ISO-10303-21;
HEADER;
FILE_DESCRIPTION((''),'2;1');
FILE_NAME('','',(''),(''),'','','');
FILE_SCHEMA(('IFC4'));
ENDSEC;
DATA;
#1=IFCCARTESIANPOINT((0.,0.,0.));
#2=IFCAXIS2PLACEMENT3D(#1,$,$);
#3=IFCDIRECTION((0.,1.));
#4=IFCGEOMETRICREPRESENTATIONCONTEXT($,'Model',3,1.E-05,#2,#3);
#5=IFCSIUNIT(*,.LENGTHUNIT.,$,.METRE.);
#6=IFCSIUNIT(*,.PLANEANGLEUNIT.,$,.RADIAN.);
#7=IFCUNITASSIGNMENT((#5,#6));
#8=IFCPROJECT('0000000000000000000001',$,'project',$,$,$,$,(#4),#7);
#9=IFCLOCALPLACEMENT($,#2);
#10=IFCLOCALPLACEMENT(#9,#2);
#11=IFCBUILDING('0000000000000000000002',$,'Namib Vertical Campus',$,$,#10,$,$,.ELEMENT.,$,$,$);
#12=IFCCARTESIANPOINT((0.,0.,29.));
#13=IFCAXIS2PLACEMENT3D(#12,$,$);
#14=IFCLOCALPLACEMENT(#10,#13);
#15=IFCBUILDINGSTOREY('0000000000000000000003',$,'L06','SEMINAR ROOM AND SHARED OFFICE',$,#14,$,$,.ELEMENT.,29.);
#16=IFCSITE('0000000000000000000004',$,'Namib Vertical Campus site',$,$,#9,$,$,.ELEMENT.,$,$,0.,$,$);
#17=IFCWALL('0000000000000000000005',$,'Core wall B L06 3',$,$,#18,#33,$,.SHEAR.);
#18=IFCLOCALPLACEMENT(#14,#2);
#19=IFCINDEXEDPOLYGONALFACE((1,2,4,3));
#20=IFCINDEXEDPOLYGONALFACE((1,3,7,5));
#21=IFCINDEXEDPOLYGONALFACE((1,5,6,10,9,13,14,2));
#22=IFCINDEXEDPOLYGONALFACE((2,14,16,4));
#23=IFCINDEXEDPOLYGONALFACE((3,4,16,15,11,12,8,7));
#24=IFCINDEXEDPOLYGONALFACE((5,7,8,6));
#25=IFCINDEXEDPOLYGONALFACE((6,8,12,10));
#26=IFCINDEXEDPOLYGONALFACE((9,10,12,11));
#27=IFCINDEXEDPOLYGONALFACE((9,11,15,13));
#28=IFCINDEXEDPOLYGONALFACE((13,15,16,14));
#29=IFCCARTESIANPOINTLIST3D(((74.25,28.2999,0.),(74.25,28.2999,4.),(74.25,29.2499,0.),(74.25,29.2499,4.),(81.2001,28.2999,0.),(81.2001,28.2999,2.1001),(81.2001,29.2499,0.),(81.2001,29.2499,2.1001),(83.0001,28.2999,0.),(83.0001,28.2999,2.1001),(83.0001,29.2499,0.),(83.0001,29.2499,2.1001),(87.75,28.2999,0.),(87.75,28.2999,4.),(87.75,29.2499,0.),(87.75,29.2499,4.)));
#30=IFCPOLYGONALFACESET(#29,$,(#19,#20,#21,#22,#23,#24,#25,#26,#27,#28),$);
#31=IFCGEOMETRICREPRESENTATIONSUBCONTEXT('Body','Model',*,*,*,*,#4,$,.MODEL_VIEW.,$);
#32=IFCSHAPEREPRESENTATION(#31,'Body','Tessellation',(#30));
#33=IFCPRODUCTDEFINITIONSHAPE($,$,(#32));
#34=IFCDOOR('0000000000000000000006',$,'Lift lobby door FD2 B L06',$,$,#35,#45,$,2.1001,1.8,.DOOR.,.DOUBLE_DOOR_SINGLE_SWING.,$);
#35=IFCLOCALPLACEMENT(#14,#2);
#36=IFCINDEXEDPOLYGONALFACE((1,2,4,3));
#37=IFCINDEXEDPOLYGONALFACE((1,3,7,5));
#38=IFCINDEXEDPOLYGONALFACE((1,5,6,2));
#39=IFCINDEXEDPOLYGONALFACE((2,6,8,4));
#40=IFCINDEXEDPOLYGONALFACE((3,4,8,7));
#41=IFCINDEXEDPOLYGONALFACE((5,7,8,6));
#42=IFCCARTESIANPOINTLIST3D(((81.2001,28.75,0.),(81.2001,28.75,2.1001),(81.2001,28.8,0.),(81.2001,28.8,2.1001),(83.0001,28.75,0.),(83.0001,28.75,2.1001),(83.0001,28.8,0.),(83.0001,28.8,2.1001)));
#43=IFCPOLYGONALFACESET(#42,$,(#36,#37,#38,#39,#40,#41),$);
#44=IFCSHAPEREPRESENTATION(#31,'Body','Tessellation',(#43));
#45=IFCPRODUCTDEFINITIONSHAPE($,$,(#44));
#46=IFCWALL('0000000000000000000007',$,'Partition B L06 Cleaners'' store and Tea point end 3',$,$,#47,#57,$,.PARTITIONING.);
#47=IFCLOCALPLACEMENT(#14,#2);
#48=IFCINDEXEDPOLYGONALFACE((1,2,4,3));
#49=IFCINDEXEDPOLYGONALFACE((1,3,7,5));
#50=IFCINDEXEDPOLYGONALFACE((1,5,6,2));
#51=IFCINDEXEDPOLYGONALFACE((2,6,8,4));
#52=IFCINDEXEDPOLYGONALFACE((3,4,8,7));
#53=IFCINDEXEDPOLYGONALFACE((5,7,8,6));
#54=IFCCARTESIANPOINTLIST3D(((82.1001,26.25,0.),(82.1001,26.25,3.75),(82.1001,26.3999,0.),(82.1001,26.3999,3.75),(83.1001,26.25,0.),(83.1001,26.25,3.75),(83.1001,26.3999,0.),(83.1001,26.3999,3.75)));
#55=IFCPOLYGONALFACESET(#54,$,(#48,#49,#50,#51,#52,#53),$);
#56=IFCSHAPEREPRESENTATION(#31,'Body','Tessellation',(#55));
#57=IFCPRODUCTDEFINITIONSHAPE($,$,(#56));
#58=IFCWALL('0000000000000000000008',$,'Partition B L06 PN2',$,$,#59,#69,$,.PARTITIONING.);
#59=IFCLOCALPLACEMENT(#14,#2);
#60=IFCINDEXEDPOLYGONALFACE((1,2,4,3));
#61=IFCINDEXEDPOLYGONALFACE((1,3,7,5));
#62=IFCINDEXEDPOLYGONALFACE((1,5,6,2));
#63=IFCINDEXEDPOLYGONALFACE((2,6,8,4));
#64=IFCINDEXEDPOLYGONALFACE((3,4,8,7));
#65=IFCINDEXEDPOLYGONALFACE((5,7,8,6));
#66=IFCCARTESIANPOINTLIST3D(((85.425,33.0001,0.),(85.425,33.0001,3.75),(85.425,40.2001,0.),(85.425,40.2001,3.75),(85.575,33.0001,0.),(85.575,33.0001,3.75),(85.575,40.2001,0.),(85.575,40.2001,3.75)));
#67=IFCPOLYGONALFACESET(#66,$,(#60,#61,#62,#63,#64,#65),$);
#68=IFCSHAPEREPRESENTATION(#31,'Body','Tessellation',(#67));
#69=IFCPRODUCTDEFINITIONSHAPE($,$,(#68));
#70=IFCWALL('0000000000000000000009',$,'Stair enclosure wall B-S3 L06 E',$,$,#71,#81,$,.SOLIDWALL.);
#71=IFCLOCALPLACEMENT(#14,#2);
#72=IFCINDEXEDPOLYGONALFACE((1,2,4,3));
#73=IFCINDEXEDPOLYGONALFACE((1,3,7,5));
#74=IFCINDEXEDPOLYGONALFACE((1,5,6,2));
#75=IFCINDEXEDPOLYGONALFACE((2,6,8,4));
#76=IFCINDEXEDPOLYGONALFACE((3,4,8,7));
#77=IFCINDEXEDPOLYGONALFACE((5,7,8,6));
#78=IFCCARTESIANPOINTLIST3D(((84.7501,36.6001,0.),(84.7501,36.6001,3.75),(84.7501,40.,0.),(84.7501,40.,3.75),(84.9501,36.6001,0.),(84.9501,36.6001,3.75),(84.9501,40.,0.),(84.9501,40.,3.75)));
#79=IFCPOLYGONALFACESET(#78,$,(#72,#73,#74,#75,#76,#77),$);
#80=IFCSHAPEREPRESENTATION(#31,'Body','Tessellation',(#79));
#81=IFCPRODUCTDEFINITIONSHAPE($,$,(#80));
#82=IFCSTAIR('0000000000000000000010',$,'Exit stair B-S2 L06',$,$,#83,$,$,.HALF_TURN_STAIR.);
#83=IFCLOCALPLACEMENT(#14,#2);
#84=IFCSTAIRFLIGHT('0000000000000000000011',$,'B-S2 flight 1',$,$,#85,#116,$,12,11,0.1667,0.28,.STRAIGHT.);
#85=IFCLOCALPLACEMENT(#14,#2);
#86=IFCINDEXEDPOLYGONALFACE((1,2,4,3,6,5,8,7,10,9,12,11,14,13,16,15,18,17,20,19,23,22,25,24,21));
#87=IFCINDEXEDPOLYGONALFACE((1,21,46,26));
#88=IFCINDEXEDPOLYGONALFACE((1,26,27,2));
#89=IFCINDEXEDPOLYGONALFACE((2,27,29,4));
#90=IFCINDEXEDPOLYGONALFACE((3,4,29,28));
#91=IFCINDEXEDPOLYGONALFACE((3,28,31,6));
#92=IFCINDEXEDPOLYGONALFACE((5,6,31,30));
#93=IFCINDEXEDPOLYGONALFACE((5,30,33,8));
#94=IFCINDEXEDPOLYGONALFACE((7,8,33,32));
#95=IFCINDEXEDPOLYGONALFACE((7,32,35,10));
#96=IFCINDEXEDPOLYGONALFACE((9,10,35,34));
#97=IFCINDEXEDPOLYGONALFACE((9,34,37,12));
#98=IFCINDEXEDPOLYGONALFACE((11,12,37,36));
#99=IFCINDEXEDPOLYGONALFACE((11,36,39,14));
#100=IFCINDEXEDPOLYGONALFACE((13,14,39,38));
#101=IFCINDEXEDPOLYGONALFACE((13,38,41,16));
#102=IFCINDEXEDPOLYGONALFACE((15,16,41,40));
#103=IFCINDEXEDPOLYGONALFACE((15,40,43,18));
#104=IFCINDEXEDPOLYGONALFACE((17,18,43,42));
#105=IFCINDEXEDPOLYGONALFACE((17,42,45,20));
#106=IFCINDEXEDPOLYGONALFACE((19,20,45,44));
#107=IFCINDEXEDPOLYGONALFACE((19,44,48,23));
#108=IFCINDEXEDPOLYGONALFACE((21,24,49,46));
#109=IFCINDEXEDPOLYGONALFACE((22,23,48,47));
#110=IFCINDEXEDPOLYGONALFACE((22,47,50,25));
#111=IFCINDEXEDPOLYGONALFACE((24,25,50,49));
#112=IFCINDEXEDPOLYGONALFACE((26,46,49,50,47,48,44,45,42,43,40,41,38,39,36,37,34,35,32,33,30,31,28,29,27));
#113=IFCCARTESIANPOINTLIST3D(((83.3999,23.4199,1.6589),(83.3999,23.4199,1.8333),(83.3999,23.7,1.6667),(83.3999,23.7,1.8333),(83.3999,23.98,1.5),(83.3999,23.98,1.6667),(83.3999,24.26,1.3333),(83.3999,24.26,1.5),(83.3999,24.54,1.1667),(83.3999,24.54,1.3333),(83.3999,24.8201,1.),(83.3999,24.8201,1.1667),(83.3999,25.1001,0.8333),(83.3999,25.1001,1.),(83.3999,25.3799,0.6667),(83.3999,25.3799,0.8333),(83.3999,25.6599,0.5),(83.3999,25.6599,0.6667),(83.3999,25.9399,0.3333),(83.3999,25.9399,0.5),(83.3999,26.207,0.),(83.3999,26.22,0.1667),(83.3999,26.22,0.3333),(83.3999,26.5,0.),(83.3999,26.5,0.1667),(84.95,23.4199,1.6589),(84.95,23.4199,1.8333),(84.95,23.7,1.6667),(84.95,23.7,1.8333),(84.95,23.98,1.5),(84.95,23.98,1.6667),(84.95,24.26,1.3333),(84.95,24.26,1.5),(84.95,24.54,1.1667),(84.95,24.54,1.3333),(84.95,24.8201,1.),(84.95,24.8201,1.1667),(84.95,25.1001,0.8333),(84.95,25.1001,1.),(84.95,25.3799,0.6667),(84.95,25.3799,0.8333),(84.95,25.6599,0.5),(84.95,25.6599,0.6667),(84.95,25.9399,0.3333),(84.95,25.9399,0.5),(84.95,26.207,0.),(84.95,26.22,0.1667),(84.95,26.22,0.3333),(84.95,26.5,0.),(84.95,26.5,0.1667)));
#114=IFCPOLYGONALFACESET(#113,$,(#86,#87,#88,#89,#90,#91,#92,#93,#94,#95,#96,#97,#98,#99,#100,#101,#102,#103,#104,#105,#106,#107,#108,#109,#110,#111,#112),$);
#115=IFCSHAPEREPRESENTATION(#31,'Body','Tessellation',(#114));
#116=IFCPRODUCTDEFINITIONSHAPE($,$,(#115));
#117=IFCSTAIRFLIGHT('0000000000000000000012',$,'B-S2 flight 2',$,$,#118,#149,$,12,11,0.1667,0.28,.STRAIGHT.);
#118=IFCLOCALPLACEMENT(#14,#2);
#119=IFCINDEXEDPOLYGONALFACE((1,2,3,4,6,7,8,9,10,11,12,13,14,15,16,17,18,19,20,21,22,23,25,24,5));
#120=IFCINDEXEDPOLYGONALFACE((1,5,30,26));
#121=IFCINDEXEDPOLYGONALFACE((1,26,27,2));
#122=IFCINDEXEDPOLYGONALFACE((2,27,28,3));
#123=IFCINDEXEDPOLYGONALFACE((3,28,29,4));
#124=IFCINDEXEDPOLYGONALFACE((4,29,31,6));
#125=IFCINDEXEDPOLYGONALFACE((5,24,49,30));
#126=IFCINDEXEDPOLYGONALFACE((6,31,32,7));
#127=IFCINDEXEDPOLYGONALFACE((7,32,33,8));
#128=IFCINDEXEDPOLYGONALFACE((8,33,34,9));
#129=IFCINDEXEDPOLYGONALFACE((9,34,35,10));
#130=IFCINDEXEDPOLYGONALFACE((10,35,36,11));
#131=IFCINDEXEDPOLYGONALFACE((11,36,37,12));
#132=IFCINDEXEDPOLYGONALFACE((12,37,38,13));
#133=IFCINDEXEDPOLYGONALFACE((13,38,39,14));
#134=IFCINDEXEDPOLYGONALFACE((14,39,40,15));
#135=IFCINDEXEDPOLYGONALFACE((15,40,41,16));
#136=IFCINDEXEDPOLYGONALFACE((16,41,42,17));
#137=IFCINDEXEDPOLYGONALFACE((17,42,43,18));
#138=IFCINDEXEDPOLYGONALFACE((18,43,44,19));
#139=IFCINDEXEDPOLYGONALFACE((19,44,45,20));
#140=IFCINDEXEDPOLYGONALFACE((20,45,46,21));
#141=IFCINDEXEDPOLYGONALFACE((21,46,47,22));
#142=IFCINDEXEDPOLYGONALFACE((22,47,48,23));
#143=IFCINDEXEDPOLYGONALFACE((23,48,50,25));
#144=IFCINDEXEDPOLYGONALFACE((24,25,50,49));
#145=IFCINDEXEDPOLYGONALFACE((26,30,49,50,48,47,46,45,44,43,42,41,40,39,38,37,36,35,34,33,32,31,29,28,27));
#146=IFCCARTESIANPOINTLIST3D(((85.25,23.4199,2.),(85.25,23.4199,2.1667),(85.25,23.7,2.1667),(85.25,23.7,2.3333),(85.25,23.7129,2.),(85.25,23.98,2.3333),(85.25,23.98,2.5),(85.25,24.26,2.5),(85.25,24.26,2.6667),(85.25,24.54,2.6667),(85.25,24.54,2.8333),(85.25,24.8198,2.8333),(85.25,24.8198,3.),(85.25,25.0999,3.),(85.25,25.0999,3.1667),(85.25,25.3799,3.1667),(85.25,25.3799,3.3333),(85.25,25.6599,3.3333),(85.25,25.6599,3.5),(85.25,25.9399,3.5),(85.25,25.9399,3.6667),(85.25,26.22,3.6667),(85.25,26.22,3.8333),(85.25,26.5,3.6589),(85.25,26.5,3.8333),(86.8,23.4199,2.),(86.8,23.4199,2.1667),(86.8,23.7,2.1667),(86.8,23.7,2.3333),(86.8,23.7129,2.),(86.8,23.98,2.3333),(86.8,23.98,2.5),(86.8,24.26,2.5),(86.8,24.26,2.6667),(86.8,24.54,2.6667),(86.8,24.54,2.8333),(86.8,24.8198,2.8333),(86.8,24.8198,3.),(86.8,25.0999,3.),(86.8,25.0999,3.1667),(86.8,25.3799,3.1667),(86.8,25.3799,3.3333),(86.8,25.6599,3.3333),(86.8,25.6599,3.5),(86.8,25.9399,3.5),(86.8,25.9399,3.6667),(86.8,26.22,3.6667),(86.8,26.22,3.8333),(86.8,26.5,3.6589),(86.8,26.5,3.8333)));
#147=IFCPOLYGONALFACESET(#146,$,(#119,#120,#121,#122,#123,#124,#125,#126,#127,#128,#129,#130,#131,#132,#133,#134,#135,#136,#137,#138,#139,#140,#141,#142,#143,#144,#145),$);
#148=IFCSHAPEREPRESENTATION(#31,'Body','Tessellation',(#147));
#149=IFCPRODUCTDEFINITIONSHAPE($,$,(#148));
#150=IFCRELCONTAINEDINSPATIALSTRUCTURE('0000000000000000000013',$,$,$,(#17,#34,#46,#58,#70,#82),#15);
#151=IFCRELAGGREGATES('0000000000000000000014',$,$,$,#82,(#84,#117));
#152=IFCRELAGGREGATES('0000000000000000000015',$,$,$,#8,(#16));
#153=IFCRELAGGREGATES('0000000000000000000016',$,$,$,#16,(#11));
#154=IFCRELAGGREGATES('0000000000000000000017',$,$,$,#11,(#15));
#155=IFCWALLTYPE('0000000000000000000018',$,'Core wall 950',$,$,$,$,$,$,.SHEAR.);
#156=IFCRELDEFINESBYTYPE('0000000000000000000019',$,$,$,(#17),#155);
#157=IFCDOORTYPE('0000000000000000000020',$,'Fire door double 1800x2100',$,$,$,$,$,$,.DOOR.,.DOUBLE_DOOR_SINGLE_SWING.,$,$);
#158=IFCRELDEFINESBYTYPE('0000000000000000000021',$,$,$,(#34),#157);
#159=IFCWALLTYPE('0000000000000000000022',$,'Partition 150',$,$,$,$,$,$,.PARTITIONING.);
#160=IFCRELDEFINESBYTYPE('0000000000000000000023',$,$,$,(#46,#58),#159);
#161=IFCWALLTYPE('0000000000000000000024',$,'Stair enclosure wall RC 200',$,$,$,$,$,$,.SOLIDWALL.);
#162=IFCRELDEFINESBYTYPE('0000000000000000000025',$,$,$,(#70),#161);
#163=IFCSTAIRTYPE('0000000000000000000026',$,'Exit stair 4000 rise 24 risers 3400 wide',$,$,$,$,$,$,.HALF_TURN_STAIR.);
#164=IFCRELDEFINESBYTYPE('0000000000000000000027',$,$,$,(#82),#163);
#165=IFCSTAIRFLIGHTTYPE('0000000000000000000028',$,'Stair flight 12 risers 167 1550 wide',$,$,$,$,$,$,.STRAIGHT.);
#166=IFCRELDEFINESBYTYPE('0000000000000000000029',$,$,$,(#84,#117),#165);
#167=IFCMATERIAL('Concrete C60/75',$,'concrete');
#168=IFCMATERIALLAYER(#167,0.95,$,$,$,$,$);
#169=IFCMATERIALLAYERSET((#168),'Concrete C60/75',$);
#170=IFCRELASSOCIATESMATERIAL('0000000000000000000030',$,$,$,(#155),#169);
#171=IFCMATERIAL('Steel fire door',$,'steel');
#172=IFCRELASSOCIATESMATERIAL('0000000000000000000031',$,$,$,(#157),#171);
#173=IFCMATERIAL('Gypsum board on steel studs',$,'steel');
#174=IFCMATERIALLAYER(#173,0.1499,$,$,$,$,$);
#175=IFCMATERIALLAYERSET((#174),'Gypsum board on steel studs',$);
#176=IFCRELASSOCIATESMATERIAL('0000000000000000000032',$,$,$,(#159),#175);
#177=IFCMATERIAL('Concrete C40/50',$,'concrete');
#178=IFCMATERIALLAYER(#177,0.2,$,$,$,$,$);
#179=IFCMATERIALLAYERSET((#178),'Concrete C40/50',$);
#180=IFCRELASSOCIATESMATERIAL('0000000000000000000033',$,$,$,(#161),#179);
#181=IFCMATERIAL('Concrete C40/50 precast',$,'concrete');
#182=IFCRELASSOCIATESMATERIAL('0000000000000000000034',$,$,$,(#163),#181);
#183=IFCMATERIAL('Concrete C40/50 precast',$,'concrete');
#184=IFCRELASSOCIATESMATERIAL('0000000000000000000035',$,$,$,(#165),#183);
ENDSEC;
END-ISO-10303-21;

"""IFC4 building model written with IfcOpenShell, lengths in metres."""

from ifc_helpers import new_model, si_unit, direction, frame, frame_2d, origin, place, context, subcontext, project, spatial, polyline, rectangle, outline, extrude, material, layer, layer_set, type_object, element, fill, aggregate, save


model = new_model("IFC4")

# Units and contexts
model_context = context("Model", 3, precision=1e-05, world=origin(), true_north=direction((0.0, 1.0)))
body_context = subcontext(model_context, "Body", "Model", "MODEL_VIEW")
ifc_project = project(units=[si_unit("LENGTHUNIT", "METRE"), si_unit("PLANEANGLEUNIT", "RADIAN")], contexts=[model_context])

# Site, building, storey
site_placement = place(None, origin())
site = spatial("IfcSite", under=ifc_project, at=site_placement, Name="Namib Vertical Campus site", CompositionType="ELEMENT", RefElevation=0.0)
building_placement = place(site_placement, origin())
building = spatial("IfcBuilding", under=site, at=building_placement, Name="Namib Vertical Campus", CompositionType="ELEMENT")
storey_placement = place(building_placement, frame((0.0, 0.0, 29.0)))
storey = spatial("IfcBuildingStorey", under=building, at=storey_placement, Name="L06", Description="SEMINAR ROOM AND SHARED OFFICE", CompositionType="ELEMENT", Elevation=29.0)

# Wall, opening, door
ifc_material_1 = material(Name="Concrete C60/75", Category="concrete")
ifc_layer_1 = layer(ifc_material_1, 0.95)
ifc_layer_set_1 = layer_set([ifc_layer_1], Name="Concrete C60/75")
wall_type_1 = type_object("IfcWallType", Name="Core wall 950", PredefinedType="SHEAR", material=ifc_layer_set_1)
wall_1_placement = place(storey_placement, frame((87.75, 28.7749, 0.0), z_axis=(0.0, 0.0, 1.0), x_axis=(-1.0, 0.0, 0.0)))
wall_1 = element("IfcWall", 1, at=wall_1_placement, inside=storey, type_object=wall_type_1, Name="Core wall B L06 3", PredefinedType="SHEAR", context=body_context, shape_type="SweptSolid", body=[
    extrude(rectangle(XDim=13.5, YDim=0.95, at=frame_2d((6.75, 0.0))), origin(), (0.0, 0.0, 1.0), 4.0),
])
opening_placement = place(wall_1_placement, frame((4.75, 0.0, 0.0)))
opening = element("IfcOpeningElement", 2, at=opening_placement, cuts=wall_1, PredefinedType="OPENING", context=body_context, shape_type="SweptSolid", body=[
    extrude(rectangle(XDim=1.8, YDim=2.1001, at=frame_2d((0.8999, 1.05))), frame((0.0, 0.4849, 0.0), z_axis=(0.0, -1.0, 0.0), x_axis=(1.0, 0.0, 0.0)), (0.0, 0.0, 1.0), 0.97),
])
ifc_material_2 = material(Name="Steel fire door", Category="steel")
door_type = type_object("IfcDoorType", Name="Fire door double 1800x2100", OperationType="DOUBLE_DOOR_SINGLE_SWING", PredefinedType="DOOR", material=ifc_material_2)
door_placement = place(opening_placement, origin())
door = element("IfcDoor", 3, at=door_placement, inside=storey, type_object=door_type, Name="Lift lobby door FD2 B L06", OperationType="DOUBLE_DOOR_SINGLE_SWING", OverallHeight=2.1001, OverallWidth=1.8, PredefinedType="DOOR", context=body_context, shape_type="SweptSolid", body=[
    extrude(rectangle(XDim=1.8, YDim=2.1001, at=frame_2d((0.8999, 1.05))), frame((0.0, 0.0249, 0.0), z_axis=(0.0, -1.0, 0.0), x_axis=(1.0, 0.0, 0.0)), (0.0, 0.0, 1.0), 0.05),
])
fill(opening, door)

# Walls
ifc_material_3 = material(Name="Gypsum board on steel studs", Category="steel")
ifc_layer_2 = layer(ifc_material_3, 0.1499)
ifc_layer_set_2 = layer_set([ifc_layer_2], Name="Gypsum board on steel studs")
wall_type_2 = type_object("IfcWallType", Name="Partition 150", PredefinedType="PARTITIONING", material=ifc_layer_set_2)
wall_2_placement = place(storey_placement, frame((82.1001, 26.325, 0.0), z_axis=(0.0, 0.0, 1.0), x_axis=(1.0, 0.0, 0.0)))
element("IfcWall", 4, at=wall_2_placement, inside=storey, type_object=wall_type_2, Name="Partition B L06 Cleaners' store and Tea point end 3", PredefinedType="PARTITIONING", context=body_context, shape_type="SweptSolid", body=[
    extrude(rectangle(XDim=1.0, YDim=0.1499, at=frame_2d((0.5, 0.0))), origin(), (0.0, 0.0, 1.0), 3.75),
])
wall_3_placement = place(storey_placement, frame((85.5, 33.0, 0.0), z_axis=(0.0, 0.0, 1.0), x_axis=(0.0, 1.0, 0.0)))
element("IfcWall", 5, at=wall_3_placement, inside=storey, type_object=wall_type_2, Name="Partition B L06 PN2", PredefinedType="PARTITIONING", context=body_context, shape_type="SweptSolid", body=[
    extrude(rectangle(XDim=7.2, YDim=0.1499, at=frame_2d((3.6001, 0.0))), origin(), (0.0, 0.0, 1.0), 3.75),
])
ifc_material_4 = material(Name="Concrete C40/50", Category="concrete")
ifc_layer_3 = layer(ifc_material_4, 0.2)
ifc_layer_set_3 = layer_set([ifc_layer_3], Name="Concrete C40/50")
wall_type_3 = type_object("IfcWallType", Name="Stair enclosure wall RC 200", PredefinedType="SOLIDWALL", material=ifc_layer_set_3)
wall_4_placement = place(storey_placement, frame((84.8501, 36.6001, 0.0), z_axis=(0.0, 0.0, 1.0), x_axis=(0.0, 1.0, 0.0)))
element("IfcWall", 6, at=wall_4_placement, inside=storey, type_object=wall_type_3, Name="Stair enclosure wall B-S3 L06 E", PredefinedType="SOLIDWALL", context=body_context, shape_type="SweptSolid", body=[
    extrude(rectangle(XDim=3.3999, YDim=0.2, at=frame_2d((1.7, 0.0))), origin(), (0.0, 0.0, 1.0), 3.75),
])

# Stair, stair flights
ifc_material_5 = material(Name="Concrete C40/50 precast", Category="concrete")
stair_type = type_object("IfcStairType", Name="Exit stair 4000 rise 24 risers 3400 wide", PredefinedType="HALF_TURN_STAIR", material=ifc_material_5)
stair_1_placement = place(storey_placement, origin())
stair_1 = element("IfcStair", 7, at=stair_1_placement, inside=storey, type_object=stair_type, Name="Exit stair B-S2 L06", PredefinedType="HALF_TURN_STAIR")
ifc_material_6 = material(Name="Concrete C40/50 precast", Category="concrete")
stair_flight_type = type_object("IfcStairFlightType", Name="Stair flight 12 risers 167 1550 wide", PredefinedType="STRAIGHT", material=ifc_material_6)
stair_flight_1_placement = place(storey_placement, frame((84.175, 26.5, 0.0), z_axis=(0.0, 0.0, 1.0), x_axis=(0.0, -1.0, 0.0)))
stair_flight_1 = element("IfcStairFlight", 8, at=stair_flight_1_placement, type_object=stair_flight_type, Name="B-S2 flight 1", NumberOfRisers=12, NumberOfTreads=11, PredefinedType="STRAIGHT", RiserHeight=0.1667, TreadLength=0.28, context=body_context, shape_type="SweptSolid", body=[
    extrude(outline(polyline([(0.0, 0.0), (0.0, 0.1667), (0.28, 0.1667), (0.28, 0.3333), (0.5601, 0.3333), (0.5601, 0.5), (0.8401, 0.5), (0.8401, 0.6667), (1.1201, 0.6667), (1.1201, 0.8333), (1.3999, 0.8333), (1.3999, 1.0), (1.6799, 1.0), (1.6799, 1.1667), (1.96, 1.1667), (1.96, 1.3333), (2.24, 1.3333), (2.24, 1.5), (2.52, 1.5), (2.52, 1.6667), (2.8, 1.6667), (2.8, 1.8333), (3.0801, 1.8333), (3.0801, 2.0), (3.0801, 1.6589), (0.293, 0.0), (0.0, 0.0)])), frame((0.0, 0.7749, 0.0), z_axis=(0.0, -1.0, 0.0), x_axis=(1.0, 0.0, 0.0)), (0.0, 0.0, 1.0), 1.55),
])
stair_flight_2_placement = place(storey_placement, frame((86.0249, 23.4199, 2.0), z_axis=(0.0, 0.0, 1.0), x_axis=(0.0, 1.0, 0.0)))
stair_flight_2 = element("IfcStairFlight", 9, at=stair_flight_2_placement, type_object=stair_flight_type, Name="B-S2 flight 2", NumberOfRisers=12, NumberOfTreads=11, PredefinedType="STRAIGHT", RiserHeight=0.1667, TreadLength=0.28, context=body_context, shape_type="SweptSolid", body=[
    extrude(outline(polyline([(0.0, 0.0), (0.0, 0.1667), (0.28, 0.1667), (0.28, 0.3333), (0.5601, 0.3333), (0.5601, 0.5), (0.8401, 0.5), (0.8401, 0.6667), (1.1201, 0.6667), (1.1201, 0.8333), (1.3999, 0.8333), (1.3999, 1.0), (1.6799, 1.0), (1.6799, 1.1667), (1.96, 1.1667), (1.96, 1.3333), (2.24, 1.3333), (2.24, 1.5), (2.52, 1.5), (2.52, 1.6667), (2.8, 1.6667), (2.8, 1.8333), (3.0801, 1.8333), (3.0801, 2.0), (3.0801, 1.6589), (0.293, 0.0), (0.0, 0.0)])), frame((0.0, 0.7749, 0.0), z_axis=(0.0, -1.0, 0.0), x_axis=(1.0, 0.0, 0.0)), (0.0, 0.0, 1.0), 1.55),
])
aggregate(stair_1, [stair_flight_1, stair_flight_2])

save(model, "model.ifc")
